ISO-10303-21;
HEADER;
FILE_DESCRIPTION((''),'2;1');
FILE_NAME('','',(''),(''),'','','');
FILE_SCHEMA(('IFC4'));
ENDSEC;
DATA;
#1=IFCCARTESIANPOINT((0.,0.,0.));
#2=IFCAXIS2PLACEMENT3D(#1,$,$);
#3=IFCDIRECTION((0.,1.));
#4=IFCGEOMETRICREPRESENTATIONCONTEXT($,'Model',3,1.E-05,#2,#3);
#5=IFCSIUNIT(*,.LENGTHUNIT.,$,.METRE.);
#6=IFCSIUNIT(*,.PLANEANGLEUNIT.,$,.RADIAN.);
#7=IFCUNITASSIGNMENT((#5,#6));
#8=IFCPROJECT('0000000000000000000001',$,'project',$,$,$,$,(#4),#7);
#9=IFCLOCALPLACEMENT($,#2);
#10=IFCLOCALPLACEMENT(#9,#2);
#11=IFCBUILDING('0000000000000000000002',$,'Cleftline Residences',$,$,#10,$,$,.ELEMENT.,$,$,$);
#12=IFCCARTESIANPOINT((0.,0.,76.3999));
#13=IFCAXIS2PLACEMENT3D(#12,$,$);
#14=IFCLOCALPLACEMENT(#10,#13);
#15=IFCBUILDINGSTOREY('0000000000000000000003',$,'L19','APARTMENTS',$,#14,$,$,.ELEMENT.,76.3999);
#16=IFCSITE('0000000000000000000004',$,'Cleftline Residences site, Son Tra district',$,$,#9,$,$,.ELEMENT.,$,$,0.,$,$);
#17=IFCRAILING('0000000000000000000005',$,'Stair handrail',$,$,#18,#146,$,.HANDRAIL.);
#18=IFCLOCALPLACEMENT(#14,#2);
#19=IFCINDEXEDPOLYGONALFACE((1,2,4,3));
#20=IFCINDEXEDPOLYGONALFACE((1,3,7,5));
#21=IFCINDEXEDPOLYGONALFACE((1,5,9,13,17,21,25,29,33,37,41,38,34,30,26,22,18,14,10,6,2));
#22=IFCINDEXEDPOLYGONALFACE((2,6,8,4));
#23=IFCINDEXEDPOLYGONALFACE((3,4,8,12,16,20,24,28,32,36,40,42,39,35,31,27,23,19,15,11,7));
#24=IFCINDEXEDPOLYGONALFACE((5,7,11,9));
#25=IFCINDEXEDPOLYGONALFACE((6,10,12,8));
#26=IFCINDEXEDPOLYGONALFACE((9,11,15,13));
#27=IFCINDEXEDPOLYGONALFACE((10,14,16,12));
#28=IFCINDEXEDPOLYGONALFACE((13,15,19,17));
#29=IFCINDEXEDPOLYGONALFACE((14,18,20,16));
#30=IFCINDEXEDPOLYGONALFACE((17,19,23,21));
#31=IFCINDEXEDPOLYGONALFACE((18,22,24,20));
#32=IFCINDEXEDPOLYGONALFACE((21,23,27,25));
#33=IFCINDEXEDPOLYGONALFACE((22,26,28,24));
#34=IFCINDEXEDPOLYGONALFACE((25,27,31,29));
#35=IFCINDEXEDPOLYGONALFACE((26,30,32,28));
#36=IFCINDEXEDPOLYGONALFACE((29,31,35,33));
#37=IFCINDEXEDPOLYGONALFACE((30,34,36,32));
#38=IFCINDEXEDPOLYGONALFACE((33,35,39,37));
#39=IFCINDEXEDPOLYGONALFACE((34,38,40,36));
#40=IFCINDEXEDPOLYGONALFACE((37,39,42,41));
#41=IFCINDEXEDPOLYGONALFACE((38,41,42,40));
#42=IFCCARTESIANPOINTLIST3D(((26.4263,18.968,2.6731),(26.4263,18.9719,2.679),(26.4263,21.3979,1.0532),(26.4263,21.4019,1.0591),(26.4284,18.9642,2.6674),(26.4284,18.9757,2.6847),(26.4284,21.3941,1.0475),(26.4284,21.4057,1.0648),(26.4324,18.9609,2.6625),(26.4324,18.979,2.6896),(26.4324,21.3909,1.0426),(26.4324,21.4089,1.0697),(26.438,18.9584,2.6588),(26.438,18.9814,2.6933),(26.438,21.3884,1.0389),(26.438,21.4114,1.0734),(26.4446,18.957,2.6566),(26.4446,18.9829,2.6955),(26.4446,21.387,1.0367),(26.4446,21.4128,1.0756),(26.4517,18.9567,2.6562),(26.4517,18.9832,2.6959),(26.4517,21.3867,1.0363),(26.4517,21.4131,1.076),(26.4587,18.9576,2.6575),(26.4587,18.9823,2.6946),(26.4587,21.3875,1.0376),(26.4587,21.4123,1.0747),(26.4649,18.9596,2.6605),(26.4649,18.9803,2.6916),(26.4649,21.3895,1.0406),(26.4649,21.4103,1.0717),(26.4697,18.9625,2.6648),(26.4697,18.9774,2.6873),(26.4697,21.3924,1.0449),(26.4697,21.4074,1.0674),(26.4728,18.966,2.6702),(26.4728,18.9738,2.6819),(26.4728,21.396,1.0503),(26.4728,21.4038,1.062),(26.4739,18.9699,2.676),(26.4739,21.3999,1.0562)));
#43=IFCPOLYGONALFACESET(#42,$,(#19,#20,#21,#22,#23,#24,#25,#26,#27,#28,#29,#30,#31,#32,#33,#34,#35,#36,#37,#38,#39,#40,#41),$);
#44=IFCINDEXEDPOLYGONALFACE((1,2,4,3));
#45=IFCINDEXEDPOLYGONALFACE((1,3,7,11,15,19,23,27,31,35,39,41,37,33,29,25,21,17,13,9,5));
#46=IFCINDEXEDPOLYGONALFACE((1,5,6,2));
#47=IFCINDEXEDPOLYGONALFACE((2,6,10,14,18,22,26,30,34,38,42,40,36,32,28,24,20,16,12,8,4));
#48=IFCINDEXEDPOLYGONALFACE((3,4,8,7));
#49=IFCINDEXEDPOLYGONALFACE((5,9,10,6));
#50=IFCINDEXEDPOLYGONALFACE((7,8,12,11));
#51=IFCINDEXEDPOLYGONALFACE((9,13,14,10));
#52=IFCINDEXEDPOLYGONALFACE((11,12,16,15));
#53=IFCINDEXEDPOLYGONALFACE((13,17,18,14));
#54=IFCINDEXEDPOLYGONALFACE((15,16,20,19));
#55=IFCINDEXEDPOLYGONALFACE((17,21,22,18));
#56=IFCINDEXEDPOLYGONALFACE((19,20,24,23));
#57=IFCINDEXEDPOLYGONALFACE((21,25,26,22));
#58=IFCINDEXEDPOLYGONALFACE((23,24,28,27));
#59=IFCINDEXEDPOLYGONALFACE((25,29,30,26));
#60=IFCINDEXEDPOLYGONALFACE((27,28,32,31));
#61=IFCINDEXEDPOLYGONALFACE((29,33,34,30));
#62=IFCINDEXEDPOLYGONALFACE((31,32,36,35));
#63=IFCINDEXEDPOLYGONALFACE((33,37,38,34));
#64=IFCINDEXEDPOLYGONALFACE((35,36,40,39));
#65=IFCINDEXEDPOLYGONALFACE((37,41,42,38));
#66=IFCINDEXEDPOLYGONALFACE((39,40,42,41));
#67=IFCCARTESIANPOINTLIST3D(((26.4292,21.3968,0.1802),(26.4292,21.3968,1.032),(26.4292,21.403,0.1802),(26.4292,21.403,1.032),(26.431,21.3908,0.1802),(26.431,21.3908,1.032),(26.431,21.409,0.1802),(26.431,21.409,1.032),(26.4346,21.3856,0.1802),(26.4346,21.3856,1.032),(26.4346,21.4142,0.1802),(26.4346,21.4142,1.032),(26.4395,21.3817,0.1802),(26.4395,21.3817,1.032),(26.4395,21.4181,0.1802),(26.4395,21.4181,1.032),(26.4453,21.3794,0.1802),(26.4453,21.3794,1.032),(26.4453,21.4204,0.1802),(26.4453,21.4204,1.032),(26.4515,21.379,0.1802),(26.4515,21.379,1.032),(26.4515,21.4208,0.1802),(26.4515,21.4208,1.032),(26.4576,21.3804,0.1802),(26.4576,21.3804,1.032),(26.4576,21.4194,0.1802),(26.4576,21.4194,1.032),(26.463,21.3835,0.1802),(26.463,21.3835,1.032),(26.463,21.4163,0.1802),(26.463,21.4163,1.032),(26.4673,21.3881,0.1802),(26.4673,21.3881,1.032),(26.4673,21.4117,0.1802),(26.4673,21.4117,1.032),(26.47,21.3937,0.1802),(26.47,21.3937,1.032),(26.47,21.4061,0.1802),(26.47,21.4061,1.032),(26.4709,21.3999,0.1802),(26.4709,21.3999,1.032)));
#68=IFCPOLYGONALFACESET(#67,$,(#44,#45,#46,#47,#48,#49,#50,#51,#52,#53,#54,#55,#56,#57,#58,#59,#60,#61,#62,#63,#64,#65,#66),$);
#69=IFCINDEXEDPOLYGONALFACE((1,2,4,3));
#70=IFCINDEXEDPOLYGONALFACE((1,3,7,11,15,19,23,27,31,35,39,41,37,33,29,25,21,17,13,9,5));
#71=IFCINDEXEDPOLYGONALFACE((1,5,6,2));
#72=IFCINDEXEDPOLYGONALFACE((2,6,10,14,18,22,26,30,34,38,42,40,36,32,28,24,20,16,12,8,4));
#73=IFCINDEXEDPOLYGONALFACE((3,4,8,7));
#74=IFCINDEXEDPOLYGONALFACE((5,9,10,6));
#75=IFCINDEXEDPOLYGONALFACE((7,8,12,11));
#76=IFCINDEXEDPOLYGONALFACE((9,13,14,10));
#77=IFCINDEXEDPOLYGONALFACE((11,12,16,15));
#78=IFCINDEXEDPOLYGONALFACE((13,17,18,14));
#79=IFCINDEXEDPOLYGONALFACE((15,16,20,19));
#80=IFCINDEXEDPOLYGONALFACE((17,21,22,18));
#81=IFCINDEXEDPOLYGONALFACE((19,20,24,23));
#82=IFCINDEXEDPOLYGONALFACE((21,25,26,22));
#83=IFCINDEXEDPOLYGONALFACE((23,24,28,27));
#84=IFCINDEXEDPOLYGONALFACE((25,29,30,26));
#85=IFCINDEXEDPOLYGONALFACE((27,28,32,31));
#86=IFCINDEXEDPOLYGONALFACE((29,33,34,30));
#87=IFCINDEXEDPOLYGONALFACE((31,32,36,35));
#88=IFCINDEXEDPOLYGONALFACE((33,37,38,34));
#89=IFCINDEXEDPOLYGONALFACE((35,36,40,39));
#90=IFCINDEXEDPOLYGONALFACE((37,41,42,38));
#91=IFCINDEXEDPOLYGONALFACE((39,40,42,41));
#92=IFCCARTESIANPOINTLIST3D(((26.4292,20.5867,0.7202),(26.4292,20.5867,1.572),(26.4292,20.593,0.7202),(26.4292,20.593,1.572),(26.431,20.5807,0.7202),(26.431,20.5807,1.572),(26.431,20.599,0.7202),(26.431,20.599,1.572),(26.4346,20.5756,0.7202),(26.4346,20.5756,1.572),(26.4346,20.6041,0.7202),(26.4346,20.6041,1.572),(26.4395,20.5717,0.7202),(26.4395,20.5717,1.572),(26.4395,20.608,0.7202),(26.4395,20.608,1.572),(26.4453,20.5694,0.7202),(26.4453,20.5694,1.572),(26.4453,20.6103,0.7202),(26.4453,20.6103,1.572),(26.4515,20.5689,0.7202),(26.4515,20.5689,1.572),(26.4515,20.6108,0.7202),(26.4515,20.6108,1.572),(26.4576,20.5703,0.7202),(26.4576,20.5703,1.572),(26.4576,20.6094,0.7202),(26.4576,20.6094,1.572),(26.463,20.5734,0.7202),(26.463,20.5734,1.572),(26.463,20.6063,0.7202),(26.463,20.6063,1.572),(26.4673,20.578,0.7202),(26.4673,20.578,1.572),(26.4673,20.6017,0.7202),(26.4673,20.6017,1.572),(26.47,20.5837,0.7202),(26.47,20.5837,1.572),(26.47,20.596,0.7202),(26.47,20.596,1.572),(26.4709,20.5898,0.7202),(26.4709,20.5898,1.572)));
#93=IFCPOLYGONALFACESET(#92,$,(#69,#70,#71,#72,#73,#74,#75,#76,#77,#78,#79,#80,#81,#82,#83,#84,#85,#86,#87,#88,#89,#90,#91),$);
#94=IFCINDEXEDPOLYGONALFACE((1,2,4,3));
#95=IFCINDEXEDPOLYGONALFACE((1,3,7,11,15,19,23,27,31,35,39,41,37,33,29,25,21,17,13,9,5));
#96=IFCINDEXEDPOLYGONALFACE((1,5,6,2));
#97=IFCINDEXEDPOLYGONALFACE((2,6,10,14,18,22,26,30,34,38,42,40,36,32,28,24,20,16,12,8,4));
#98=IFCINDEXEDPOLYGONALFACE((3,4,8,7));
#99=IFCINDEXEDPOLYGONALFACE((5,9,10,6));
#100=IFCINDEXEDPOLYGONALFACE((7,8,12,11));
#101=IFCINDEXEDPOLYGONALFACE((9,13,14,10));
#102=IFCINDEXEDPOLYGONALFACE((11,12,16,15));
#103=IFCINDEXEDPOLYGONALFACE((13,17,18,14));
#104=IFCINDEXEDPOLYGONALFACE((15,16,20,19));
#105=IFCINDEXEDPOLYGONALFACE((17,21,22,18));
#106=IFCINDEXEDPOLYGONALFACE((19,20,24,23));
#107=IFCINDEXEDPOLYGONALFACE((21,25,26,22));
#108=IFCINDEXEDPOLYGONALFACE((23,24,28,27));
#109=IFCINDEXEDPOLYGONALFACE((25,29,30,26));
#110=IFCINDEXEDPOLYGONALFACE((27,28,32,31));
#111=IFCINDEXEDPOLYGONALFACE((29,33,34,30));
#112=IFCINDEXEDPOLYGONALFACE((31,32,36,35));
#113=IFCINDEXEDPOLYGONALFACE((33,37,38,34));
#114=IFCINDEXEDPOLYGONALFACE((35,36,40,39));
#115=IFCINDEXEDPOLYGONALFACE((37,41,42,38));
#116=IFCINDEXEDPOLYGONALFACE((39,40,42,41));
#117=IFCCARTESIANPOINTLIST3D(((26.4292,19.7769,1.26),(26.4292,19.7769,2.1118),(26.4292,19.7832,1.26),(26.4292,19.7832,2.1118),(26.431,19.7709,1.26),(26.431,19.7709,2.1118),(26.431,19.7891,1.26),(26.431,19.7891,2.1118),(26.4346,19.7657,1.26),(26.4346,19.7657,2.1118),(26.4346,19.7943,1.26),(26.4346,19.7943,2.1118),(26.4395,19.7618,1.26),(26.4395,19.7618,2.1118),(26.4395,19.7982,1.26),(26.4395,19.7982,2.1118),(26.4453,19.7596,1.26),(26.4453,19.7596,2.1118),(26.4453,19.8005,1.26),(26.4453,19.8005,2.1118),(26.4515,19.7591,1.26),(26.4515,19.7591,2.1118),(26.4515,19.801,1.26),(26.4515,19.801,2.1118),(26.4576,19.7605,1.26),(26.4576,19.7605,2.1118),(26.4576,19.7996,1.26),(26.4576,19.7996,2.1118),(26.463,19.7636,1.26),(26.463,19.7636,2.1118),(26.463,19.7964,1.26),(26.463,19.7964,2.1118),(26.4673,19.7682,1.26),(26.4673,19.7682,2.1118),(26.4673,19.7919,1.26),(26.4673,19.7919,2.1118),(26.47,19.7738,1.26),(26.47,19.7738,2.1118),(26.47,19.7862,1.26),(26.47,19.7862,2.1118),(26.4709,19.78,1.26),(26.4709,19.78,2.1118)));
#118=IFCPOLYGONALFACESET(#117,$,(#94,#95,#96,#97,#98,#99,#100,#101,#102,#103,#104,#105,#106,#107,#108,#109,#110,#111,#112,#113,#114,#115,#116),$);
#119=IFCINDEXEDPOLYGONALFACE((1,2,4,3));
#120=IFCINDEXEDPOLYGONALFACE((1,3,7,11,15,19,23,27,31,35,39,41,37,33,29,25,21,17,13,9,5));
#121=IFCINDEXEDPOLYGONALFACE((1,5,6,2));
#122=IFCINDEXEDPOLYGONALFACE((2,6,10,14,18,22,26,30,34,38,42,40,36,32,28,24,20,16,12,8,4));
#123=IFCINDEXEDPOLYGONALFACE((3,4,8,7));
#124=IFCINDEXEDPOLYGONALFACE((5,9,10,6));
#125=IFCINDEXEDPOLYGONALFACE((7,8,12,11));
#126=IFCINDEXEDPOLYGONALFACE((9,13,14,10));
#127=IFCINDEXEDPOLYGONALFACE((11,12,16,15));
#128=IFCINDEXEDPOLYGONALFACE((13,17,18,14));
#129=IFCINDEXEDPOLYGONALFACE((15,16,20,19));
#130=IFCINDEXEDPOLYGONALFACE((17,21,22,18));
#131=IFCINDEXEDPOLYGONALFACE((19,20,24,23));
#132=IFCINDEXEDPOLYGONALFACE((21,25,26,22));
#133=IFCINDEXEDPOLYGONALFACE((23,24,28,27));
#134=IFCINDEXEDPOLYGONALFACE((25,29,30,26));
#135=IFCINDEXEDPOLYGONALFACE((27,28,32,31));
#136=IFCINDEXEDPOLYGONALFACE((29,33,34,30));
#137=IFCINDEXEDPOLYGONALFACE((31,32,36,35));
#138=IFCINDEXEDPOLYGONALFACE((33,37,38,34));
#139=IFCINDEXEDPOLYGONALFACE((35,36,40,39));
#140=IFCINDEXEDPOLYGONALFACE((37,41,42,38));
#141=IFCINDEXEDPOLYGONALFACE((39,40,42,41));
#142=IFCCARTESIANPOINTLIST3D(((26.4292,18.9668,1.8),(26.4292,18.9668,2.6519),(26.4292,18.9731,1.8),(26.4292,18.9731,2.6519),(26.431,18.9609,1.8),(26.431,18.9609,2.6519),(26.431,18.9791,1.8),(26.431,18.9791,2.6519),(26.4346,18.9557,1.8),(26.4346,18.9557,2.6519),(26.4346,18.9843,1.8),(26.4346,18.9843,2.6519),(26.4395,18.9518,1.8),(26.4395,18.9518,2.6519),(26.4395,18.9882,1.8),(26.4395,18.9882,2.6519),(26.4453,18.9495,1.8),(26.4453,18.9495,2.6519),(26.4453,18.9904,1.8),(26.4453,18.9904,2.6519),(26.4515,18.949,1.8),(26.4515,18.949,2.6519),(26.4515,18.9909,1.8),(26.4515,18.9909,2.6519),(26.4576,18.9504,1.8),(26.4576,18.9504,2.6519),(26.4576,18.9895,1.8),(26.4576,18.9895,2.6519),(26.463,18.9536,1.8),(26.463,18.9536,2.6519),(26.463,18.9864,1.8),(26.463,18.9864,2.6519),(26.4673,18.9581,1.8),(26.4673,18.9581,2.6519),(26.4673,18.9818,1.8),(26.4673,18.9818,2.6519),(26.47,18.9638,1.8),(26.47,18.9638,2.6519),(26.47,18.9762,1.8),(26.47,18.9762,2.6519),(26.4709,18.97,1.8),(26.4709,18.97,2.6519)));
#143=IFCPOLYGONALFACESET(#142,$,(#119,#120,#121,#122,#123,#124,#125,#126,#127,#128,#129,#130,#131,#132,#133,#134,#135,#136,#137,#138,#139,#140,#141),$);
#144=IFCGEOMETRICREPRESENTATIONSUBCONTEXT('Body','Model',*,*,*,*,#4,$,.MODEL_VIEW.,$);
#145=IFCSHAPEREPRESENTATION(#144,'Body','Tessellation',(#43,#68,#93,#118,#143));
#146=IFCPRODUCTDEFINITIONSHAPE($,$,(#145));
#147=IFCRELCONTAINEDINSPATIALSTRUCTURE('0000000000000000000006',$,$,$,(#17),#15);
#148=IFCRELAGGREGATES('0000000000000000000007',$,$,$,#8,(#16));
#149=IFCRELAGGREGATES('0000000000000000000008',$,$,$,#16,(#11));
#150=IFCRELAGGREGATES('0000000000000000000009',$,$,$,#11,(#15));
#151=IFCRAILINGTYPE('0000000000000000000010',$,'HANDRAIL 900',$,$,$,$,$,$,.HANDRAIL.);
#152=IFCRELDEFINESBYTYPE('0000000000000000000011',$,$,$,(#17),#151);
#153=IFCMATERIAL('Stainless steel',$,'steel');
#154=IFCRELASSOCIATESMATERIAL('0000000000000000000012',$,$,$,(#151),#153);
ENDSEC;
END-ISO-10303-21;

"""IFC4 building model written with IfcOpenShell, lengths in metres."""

from ifc_helpers import new_model, si_unit, direction, frame, origin, origin_2d, place, context, subcontext, project, spatial, circle, extrude, material, type_object, element, save


model = new_model("IFC4")

# Units and contexts
model_context = context("Model", 3, precision=1e-05, world=origin(), true_north=direction((0.0, 1.0)))
body_context = subcontext(model_context, "Body", "Model", "MODEL_VIEW")
ifc_project = project(units=[si_unit("LENGTHUNIT", "METRE"), si_unit("PLANEANGLEUNIT", "RADIAN")], contexts=[model_context])

# Site, building, storey
site_placement = place(None, origin())
site = spatial("IfcSite", under=ifc_project, at=site_placement, Name="Cleftline Residences site, Son Tra district", CompositionType="ELEMENT", RefElevation=0.0)
building_placement = place(site_placement, origin())
building = spatial("IfcBuilding", under=site, at=building_placement, Name="Cleftline Residences", CompositionType="ELEMENT")
storey_placement = place(building_placement, frame((0.0, 0.0, 76.3999)))
storey = spatial("IfcBuildingStorey", under=building, at=storey_placement, Name="L19", Description="APARTMENTS", CompositionType="ELEMENT", Elevation=76.3999)

# Railing
ifc_material_1 = material(Name="Stainless steel", Category="steel")
railing_type = type_object("IfcRailingType", Name="HANDRAIL 900", PredefinedType="HANDRAIL", material=ifc_material_1)
railing_1_placement = place(storey_placement, frame((26.45, 21.3999, 0.1802)))
element("IfcRailing", 1, at=railing_1_placement, inside=storey, type_object=railing_type, Name="Stair handrail", PredefinedType="HANDRAIL", context=body_context, shape_type="SweptSolid", body=[
    extrude(circle(Radius=0.0239, at=origin_2d()), frame((0.0, 0.0, 0.876), z_axis=(0.0, -0.832063, 0.554681), x_axis=(1.0, 0.0, 0.0)), (0.0, 0.0, 1.0), 2.9204),
    extrude(circle(Radius=0.021, at=origin_2d()), origin(), (0.0, 0.0, 1.0), 0.8518),
    extrude(circle(Radius=0.021, at=origin_2d()), frame((0.0, -0.8101, 0.54)), (0.0, 0.0, 1.0), 0.8518),
    extrude(circle(Radius=0.021, at=origin_2d()), frame((0.0, -1.6199, 1.0798)), (0.0, 0.0, 1.0), 0.8518),
    extrude(circle(Radius=0.021, at=origin_2d()), frame((0.0, -2.4299, 1.6199)), (0.0, 0.0, 1.0), 0.8518),
])

save(model, "model.ifc")
